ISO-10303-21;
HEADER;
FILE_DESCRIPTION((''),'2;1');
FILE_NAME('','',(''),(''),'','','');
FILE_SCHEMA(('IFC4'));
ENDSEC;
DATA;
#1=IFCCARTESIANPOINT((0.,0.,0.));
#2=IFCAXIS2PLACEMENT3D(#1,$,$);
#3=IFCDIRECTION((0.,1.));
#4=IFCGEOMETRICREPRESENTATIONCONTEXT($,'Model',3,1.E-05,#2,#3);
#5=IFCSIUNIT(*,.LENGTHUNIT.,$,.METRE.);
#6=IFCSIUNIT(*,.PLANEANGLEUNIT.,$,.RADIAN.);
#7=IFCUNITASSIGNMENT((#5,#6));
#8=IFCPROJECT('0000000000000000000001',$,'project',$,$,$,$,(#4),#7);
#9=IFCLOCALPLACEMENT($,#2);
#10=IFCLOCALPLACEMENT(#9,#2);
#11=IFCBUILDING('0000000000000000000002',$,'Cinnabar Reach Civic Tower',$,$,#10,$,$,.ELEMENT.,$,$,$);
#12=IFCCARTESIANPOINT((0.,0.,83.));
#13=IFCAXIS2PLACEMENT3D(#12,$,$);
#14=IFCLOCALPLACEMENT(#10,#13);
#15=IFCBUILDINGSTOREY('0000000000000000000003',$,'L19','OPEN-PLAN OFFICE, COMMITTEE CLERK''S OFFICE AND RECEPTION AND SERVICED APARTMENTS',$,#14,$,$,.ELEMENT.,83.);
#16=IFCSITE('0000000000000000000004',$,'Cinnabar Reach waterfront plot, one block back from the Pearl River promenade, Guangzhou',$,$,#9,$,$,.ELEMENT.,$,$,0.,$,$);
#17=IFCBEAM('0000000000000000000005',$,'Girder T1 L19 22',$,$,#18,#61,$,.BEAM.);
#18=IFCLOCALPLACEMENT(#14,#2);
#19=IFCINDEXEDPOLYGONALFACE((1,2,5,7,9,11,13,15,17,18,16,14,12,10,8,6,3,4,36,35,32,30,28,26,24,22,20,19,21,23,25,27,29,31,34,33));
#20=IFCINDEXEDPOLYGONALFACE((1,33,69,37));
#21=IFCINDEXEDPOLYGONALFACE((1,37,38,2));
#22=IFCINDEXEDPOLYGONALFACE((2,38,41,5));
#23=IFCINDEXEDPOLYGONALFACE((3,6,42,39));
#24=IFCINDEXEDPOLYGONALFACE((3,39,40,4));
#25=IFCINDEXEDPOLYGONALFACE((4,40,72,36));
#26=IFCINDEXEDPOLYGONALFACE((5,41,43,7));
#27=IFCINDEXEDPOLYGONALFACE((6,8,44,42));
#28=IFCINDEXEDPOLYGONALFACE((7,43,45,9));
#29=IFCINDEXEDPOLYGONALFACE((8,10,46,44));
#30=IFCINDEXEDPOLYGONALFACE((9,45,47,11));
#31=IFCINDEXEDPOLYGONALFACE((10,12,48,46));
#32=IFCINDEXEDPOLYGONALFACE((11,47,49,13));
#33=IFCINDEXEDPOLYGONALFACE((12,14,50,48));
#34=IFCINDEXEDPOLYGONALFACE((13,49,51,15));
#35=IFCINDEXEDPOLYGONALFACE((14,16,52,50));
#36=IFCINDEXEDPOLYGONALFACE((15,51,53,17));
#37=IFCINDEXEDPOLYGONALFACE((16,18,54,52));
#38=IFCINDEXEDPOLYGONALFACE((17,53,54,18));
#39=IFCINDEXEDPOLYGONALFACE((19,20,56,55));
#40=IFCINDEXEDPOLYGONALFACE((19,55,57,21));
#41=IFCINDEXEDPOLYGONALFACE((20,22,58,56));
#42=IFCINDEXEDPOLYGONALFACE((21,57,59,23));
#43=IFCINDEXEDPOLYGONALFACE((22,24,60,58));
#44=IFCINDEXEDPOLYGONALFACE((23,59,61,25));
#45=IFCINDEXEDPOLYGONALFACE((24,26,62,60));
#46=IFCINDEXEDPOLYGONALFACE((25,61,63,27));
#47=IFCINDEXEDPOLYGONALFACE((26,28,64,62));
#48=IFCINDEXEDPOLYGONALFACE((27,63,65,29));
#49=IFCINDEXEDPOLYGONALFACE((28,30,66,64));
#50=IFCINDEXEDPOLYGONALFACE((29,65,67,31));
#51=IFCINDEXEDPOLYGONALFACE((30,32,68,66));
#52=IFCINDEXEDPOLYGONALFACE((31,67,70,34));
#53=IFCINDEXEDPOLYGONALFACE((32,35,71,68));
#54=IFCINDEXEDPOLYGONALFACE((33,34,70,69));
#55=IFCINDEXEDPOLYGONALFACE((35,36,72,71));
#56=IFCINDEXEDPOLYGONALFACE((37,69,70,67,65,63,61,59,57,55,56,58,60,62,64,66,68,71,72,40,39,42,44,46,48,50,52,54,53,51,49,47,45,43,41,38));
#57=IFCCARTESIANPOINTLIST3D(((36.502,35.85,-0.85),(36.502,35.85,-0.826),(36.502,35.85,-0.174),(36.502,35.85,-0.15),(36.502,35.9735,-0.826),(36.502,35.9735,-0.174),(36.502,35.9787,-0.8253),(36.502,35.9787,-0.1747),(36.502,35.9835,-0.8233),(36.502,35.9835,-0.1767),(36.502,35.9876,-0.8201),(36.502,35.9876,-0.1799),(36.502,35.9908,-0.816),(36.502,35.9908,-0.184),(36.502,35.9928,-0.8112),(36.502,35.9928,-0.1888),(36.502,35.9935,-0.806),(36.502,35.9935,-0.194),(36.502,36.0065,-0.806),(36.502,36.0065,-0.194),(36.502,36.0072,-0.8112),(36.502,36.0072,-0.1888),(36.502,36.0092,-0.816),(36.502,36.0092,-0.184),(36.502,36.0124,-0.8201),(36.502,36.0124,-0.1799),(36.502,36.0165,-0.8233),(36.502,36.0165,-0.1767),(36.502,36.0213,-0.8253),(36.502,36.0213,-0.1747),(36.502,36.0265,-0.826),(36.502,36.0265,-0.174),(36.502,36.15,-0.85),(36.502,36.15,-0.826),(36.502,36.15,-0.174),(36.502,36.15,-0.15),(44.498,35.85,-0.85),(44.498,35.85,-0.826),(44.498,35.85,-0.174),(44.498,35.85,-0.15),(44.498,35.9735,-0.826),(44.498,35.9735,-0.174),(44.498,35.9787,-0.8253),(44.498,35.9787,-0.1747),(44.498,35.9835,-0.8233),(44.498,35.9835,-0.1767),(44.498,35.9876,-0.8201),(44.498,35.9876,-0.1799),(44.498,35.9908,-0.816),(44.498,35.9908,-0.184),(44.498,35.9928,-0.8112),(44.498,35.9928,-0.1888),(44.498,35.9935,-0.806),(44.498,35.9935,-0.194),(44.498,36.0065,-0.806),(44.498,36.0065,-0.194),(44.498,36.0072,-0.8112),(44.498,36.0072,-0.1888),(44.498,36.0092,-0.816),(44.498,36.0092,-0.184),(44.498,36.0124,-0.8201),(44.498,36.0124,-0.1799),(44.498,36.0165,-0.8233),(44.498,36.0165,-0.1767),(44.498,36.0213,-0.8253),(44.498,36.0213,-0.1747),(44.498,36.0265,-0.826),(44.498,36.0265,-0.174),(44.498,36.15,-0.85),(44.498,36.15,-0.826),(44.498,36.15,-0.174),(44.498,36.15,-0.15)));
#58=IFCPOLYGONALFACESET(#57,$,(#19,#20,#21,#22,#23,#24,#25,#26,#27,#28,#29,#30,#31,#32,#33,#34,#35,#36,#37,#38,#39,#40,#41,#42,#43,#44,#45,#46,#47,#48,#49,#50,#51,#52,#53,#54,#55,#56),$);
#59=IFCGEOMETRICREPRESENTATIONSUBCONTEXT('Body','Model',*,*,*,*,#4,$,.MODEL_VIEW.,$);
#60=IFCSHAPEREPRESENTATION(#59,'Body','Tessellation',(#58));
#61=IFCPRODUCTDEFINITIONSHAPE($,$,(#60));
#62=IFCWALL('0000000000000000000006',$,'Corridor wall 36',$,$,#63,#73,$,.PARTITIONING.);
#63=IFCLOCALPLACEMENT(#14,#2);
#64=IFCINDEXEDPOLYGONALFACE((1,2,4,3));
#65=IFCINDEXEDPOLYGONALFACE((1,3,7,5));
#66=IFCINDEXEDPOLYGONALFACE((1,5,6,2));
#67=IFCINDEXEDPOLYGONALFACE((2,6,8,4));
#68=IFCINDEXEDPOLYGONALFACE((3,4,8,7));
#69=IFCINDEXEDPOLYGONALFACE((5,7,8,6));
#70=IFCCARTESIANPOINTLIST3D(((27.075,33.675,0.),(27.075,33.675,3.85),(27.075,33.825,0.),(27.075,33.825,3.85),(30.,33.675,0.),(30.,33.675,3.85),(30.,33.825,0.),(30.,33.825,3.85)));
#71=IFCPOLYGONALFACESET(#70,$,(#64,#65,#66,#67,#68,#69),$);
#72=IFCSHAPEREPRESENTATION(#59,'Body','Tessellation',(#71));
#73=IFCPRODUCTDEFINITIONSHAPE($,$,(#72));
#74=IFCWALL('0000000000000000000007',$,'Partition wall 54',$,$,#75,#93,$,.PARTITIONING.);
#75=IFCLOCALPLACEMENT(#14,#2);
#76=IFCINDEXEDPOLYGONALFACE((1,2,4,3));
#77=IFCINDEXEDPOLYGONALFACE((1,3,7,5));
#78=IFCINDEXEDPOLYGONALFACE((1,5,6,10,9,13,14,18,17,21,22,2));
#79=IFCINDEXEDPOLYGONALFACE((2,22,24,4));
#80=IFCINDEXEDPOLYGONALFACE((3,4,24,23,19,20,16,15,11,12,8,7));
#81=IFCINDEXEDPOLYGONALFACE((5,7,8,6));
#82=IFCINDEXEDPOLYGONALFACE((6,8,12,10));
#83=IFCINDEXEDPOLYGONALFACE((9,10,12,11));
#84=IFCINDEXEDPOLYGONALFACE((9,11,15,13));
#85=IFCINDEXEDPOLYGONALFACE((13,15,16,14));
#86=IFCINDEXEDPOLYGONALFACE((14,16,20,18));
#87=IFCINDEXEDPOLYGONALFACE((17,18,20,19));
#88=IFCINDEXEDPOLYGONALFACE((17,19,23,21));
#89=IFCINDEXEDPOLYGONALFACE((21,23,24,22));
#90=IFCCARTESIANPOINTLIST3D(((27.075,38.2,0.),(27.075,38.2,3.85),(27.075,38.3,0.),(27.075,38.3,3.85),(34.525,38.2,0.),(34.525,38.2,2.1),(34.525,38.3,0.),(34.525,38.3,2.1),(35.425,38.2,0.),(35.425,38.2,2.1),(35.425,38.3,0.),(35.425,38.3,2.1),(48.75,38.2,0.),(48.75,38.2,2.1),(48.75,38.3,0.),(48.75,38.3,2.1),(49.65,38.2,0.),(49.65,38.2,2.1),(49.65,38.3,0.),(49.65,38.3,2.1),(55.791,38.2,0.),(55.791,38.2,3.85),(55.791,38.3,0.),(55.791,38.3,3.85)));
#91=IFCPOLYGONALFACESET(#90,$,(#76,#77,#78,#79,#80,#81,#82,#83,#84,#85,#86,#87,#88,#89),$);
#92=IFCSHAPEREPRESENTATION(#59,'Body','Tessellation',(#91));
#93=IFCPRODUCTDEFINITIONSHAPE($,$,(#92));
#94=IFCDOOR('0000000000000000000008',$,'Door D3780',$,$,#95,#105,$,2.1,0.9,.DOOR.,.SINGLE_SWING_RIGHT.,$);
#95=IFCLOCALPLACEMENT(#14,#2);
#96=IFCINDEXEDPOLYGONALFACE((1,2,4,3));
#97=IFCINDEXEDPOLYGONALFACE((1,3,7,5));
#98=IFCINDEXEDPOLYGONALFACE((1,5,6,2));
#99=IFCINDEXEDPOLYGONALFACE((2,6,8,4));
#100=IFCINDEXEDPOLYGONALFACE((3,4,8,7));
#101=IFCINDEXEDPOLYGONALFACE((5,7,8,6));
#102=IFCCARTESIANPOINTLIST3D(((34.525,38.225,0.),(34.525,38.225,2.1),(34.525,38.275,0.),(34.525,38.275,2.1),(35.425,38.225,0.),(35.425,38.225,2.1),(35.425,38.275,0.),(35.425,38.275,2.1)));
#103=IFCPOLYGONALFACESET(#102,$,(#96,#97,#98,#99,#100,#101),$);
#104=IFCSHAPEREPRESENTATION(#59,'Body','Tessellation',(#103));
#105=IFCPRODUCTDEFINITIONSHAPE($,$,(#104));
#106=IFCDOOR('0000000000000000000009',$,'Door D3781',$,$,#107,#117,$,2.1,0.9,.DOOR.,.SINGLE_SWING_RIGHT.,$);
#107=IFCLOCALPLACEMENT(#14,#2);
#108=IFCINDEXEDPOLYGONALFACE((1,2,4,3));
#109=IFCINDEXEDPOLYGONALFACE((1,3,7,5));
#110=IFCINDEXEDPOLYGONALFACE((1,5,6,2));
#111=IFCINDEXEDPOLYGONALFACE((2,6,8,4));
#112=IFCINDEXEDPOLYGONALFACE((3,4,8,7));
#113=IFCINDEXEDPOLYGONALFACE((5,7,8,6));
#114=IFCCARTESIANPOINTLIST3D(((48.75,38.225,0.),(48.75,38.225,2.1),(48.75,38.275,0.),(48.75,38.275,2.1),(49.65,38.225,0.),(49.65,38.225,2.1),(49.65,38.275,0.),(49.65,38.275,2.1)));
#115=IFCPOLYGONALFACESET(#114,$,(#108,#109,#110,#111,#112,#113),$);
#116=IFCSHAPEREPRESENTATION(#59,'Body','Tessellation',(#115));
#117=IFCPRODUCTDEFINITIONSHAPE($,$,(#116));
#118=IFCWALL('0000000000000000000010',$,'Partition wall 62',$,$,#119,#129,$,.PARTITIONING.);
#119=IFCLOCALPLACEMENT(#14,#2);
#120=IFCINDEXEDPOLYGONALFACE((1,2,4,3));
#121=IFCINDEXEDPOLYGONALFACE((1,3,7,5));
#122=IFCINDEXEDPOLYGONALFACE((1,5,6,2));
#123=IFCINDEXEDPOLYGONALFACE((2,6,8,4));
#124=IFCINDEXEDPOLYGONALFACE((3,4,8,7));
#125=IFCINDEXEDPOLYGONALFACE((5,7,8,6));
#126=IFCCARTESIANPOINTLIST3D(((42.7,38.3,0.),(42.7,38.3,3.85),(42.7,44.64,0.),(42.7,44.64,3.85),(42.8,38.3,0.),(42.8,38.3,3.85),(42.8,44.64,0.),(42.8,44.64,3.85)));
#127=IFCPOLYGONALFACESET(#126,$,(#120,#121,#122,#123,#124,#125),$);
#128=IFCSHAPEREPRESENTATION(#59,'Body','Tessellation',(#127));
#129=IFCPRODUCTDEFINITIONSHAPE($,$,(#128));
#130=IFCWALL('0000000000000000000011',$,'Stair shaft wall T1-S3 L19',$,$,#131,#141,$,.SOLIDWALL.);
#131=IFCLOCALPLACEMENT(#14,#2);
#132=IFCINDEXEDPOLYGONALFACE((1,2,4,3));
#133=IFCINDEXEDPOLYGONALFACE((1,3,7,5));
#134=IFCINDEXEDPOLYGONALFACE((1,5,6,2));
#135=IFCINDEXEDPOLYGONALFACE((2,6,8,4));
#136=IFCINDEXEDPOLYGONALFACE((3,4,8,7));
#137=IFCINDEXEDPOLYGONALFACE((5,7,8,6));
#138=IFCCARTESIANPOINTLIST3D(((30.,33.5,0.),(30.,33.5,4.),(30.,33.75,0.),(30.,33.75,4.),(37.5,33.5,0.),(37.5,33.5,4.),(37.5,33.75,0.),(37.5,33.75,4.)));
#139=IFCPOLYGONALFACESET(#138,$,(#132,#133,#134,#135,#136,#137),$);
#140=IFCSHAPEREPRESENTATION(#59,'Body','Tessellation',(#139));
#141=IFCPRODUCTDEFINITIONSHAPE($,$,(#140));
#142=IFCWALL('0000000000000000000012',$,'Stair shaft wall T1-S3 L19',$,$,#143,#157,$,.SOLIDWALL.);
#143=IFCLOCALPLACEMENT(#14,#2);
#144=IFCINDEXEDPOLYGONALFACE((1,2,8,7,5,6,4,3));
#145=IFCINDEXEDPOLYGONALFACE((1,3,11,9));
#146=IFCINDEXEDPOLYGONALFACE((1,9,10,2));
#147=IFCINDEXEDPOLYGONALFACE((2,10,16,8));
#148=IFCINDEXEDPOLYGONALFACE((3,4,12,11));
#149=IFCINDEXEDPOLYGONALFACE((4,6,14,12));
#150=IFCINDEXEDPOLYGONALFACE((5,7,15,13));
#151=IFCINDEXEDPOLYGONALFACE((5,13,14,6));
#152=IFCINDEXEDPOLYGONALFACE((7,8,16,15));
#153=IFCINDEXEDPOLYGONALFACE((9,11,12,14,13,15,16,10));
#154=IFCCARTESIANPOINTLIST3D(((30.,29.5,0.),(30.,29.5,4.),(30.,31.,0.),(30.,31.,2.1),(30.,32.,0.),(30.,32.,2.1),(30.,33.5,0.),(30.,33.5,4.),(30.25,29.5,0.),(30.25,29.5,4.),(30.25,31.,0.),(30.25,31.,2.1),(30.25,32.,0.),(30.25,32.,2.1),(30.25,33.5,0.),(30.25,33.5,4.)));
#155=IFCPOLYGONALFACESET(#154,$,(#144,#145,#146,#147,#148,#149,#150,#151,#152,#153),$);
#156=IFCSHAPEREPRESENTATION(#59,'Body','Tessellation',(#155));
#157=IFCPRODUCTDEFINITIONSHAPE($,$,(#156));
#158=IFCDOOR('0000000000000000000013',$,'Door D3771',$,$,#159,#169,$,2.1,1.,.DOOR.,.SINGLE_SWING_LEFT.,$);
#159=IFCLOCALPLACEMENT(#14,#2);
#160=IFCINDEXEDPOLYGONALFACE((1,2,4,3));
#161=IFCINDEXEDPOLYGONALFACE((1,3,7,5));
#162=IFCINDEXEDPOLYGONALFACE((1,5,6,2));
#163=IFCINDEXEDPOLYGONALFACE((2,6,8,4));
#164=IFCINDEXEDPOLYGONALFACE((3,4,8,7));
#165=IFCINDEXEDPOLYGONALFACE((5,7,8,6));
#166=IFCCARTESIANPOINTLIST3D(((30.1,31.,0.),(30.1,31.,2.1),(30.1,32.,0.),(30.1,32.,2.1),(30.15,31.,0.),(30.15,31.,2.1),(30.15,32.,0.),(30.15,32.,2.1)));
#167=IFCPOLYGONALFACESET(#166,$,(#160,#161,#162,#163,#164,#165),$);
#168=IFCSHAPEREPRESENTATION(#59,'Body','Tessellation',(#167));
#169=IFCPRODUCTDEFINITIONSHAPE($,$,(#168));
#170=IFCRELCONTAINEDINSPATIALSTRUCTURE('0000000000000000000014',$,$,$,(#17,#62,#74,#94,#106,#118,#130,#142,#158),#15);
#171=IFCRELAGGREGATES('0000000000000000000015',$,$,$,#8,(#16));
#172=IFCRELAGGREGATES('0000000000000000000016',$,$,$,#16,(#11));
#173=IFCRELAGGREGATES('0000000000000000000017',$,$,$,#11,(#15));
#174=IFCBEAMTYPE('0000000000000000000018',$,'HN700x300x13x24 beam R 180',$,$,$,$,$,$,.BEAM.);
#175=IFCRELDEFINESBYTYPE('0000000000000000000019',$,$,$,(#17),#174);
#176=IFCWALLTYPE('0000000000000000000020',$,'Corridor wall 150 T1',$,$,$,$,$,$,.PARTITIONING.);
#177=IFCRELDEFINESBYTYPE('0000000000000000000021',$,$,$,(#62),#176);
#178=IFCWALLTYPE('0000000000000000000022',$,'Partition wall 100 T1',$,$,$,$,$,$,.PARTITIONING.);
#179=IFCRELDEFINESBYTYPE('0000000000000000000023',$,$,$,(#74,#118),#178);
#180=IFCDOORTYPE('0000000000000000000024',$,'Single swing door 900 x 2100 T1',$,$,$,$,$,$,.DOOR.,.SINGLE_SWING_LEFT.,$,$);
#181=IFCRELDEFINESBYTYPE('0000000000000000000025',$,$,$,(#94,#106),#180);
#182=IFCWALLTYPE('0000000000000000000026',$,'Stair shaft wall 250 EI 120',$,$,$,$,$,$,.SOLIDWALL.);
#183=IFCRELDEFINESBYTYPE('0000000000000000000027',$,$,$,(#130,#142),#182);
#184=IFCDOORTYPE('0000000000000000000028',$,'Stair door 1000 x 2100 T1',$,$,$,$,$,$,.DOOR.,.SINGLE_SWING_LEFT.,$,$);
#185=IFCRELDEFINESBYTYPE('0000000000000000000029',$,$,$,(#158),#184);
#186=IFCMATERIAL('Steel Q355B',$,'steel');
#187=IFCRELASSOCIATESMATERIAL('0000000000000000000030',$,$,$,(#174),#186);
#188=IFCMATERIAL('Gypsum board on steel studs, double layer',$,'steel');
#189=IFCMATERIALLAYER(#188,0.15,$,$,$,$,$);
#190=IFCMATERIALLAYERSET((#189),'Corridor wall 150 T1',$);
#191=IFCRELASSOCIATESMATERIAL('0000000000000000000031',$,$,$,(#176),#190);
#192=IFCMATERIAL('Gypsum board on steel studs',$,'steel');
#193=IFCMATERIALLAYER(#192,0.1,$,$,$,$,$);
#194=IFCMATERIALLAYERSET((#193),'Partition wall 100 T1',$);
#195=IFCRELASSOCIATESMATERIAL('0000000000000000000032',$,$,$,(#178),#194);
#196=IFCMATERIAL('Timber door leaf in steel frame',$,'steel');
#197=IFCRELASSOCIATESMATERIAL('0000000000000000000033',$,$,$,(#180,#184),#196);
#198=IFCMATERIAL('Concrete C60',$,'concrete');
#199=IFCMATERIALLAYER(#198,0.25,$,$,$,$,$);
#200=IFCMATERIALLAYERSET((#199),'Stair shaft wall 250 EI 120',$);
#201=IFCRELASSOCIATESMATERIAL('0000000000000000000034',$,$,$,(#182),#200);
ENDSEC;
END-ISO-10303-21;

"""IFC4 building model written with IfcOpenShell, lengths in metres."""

from ifc_helpers import new_model, si_unit, direction, frame, frame_2d, origin, origin_2d, place, context, subcontext, project, spatial, rectangle, i_section, extrude, material, layer, layer_set, material_profile, profile_set, type_object, element, fill, save


model = new_model("IFC4")

# Units and contexts
model_context = context("Model", 3, precision=1e-05, world=origin(), true_north=direction((0.0, 1.0)))
body_context = subcontext(model_context, "Body", "Model", "MODEL_VIEW")
ifc_project = project(units=[si_unit("LENGTHUNIT", "METRE"), si_unit("PLANEANGLEUNIT", "RADIAN")], contexts=[model_context])

# Site, building, storey
site_placement = place(None, origin())
site = spatial("IfcSite", under=ifc_project, at=site_placement, Name="Cinnabar Reach waterfront plot, one block back from the Pearl River promenade, Guangzhou", CompositionType="ELEMENT", RefElevation=0.0)
building_placement = place(site_placement, origin())
building = spatial("IfcBuilding", under=site, at=building_placement, Name="Cinnabar Reach Civic Tower", CompositionType="ELEMENT")
storey_placement = place(building_placement, frame((0.0, 0.0, 83.0)))
storey = spatial("IfcBuildingStorey", under=building, at=storey_placement, Name="L19", Description="OPEN-PLAN OFFICE, COMMITTEE CLERK'S OFFICE AND RECEPTION AND SERVICED APARTMENTS", CompositionType="ELEMENT", Elevation=83.0)

# Beam
ifc_material_1 = material(Name="Steel Q355B", Category="steel")
ifc_material_profile_1 = material_profile(ifc_material_1, i_section(OverallWidth=0.3, OverallDepth=0.7, WebThickness=0.013, FlangeThickness=0.024, FilletRadius=0.02, at=origin_2d()), Name="HN700x300x13x24")
ifc_profile_set_1 = profile_set([ifc_material_profile_1], Name="Steel Q355B")
beam_type_1 = type_object("IfcBeamType", Name="HN700x300x13x24 beam R 180", PredefinedType="BEAM", material=ifc_profile_set_1)
for number, where, z_axis, x_axis, name in (
    (1, (36.502, 36.0, -0.5), (1.0, 0.0, 0.0), (0.0, 1.0, 0.0), "Girder T1 L19 22"),
):
    element("IfcBeam", number, at=place(storey_placement, frame(where, z_axis=z_axis, x_axis=x_axis)), inside=storey, type_object=beam_type_1, Name=name, PredefinedType="BEAM", context=body_context, shape_type="SweptSolid", body=[
        extrude(i_section(OverallWidth=0.3, OverallDepth=0.7, WebThickness=0.013, FlangeThickness=0.024, FilletRadius=0.02, at=origin_2d()), origin(), (0.0, 0.0, 1.0), 7.996),
    ])

# Wall
ifc_material_2 = material(Name="Gypsum board on steel studs, double layer", Category="steel")
ifc_layer_1 = layer(ifc_material_2, 0.15)
ifc_layer_set_1 = layer_set([ifc_layer_1], Name="Corridor wall 150 T1")
wall_type_1 = type_object("IfcWallType", Name="Corridor wall 150 T1", PredefinedType="PARTITIONING", material=ifc_layer_set_1)
wall_1_placement = place(storey_placement, frame((27.075, 33.75, 0.0), z_axis=(0.0, 0.0, 1.0), x_axis=(1.0, 0.0, 0.0)))
element("IfcWall", 2, at=wall_1_placement, inside=storey, type_object=wall_type_1, Name="Corridor wall 36", PredefinedType="PARTITIONING", context=body_context, shape_type="SweptSolid", body=[
    extrude(rectangle(XDim=2.925, YDim=0.15, at=frame_2d((1.4625, 0.0))), origin(), (0.0, 0.0, 1.0), 3.85),
])

# Wall, openings, doors
ifc_material_3 = material(Name="Gypsum board on steel studs", Category="steel")
ifc_layer_2 = layer(ifc_material_3, 0.1)
ifc_layer_set_2 = layer_set([ifc_layer_2], Name="Partition wall 100 T1")
wall_type_2 = type_object("IfcWallType", Name="Partition wall 100 T1", PredefinedType="PARTITIONING", material=ifc_layer_set_2)
wall_2_placement = place(storey_placement, frame((27.075, 38.25, 0.0), z_axis=(0.0, 0.0, 1.0), x_axis=(1.0, 0.0, 0.0)))
wall_2 = element("IfcWall", 3, at=wall_2_placement, inside=storey, type_object=wall_type_2, Name="Partition wall 54", PredefinedType="PARTITIONING", context=body_context, shape_type="SweptSolid", body=[
    extrude(rectangle(XDim=28.7159, YDim=0.1, at=frame_2d((14.358, 0.0))), origin(), (0.0, 0.0, 1.0), 3.85),
])
opening_1_placement = place(wall_2_placement, frame((7.45, 0.0, 0.0)))
opening_1 = element("IfcOpeningElement", 4, at=opening_1_placement, cuts=wall_2, PredefinedType="OPENING", context=body_context, shape_type="SweptSolid", body=[
    extrude(rectangle(XDim=0.9, YDim=2.1, at=frame_2d((0.45, 1.05))), frame((0.0, 0.06, 0.0), z_axis=(0.0, -1.0, 0.0), x_axis=(1.0, 0.0, 0.0)), (0.0, 0.0, 1.0), 0.12),
])
opening_2_placement = place(wall_2_placement, frame((21.675, 0.0, 0.0)))
opening_2 = element("IfcOpeningElement", 5, at=opening_2_placement, cuts=wall_2, PredefinedType="OPENING", context=body_context, shape_type="SweptSolid", body=[
    extrude(rectangle(XDim=0.9, YDim=2.1, at=frame_2d((0.45, 1.05))), frame((0.0, 0.06, 0.0), z_axis=(0.0, -1.0, 0.0), x_axis=(1.0, 0.0, 0.0)), (0.0, 0.0, 1.0), 0.12),
])
ifc_material_4 = material(Name="Timber door leaf in steel frame", Category="steel")
door_type_1 = type_object("IfcDoorType", Name="Single swing door 900 x 2100 T1", OperationType="SINGLE_SWING_LEFT", PredefinedType="DOOR", material=ifc_material_4)
door_1_placement = place(opening_1_placement, origin())
door_1 = element("IfcDoor", 6, at=door_1_placement, inside=storey, type_object=door_type_1, Name="Door D3780", OperationType="SINGLE_SWING_RIGHT", OverallHeight=2.1, OverallWidth=0.9, PredefinedType="DOOR", context=body_context, shape_type="SweptSolid", body=[
    extrude(rectangle(XDim=0.9, YDim=2.1, at=frame_2d((0.45, 1.05))), frame((0.0, 0.025, 0.0), z_axis=(0.0, -1.0, 0.0), x_axis=(1.0, 0.0, 0.0)), (0.0, 0.0, 1.0), 0.05),
])
fill(opening_1, door_1)
door_2_placement = place(opening_2_placement, origin())
door_2 = element("IfcDoor", 7, at=door_2_placement, inside=storey, type_object=door_type_1, Name="Door D3781", OperationType="SINGLE_SWING_RIGHT", OverallHeight=2.1, OverallWidth=0.9, PredefinedType="DOOR", context=body_context, shape_type="SweptSolid", body=[
    extrude(rectangle(XDim=0.9, YDim=2.1, at=frame_2d((0.45, 1.05))), frame((0.0, 0.025, 0.0), z_axis=(0.0, -1.0, 0.0), x_axis=(1.0, 0.0, 0.0)), (0.0, 0.0, 1.0), 0.05),
])
fill(opening_2, door_2)

# Walls
wall_3_placement = place(storey_placement, frame((42.75, 38.3, 0.0), z_axis=(0.0, 0.0, 1.0), x_axis=(0.0, 1.0, 0.0)))
element("IfcWall", 8, at=wall_3_placement, inside=storey, type_object=wall_type_2, Name="Partition wall 62", PredefinedType="PARTITIONING", context=body_context, shape_type="SweptSolid", body=[
    extrude(rectangle(XDim=6.34, YDim=0.1, at=frame_2d((3.17, 0.0))), origin(), (0.0, 0.0, 1.0), 3.85),
])
ifc_material_5 = material(Name="Concrete C60", Category="concrete")
ifc_layer_3 = layer(ifc_material_5, 0.25)
ifc_layer_set_3 = layer_set([ifc_layer_3], Name="Stair shaft wall 250 EI 120")
wall_type_3 = type_object("IfcWallType", Name="Stair shaft wall 250 EI 120", PredefinedType="SOLIDWALL", material=ifc_layer_set_3)
wall_4_placement = place(storey_placement, frame((37.5, 33.625, 0.0), z_axis=(0.0, 0.0, 1.0), x_axis=(-1.0, 0.0, 0.0)))
element("IfcWall", 9, at=wall_4_placement, inside=storey, type_object=wall_type_3, Name="Stair shaft wall T1-S3 L19", PredefinedType="SOLIDWALL", context=body_context, shape_type="SweptSolid", body=[
    extrude(rectangle(XDim=7.5, YDim=0.25, at=frame_2d((3.75, 0.0))), origin(), (0.0, 0.0, 1.0), 4.0),
])

# Wall, opening, door
wall_5_placement = place(storey_placement, frame((30.125, 33.5, 0.0), z_axis=(0.0, 0.0, 1.0), x_axis=(0.0, -1.0, 0.0)))
wall_5 = element("IfcWall", 10, at=wall_5_placement, inside=storey, type_object=wall_type_3, Name="Stair shaft wall T1-S3 L19", PredefinedType="SOLIDWALL", context=body_context, shape_type="SweptSolid", body=[
    extrude(rectangle(XDim=4.0, YDim=0.25, at=frame_2d((2.0, 0.0))), origin(), (0.0, 0.0, 1.0), 4.0),
])
opening_3_placement = place(wall_5_placement, frame((1.5, 0.0, 0.0)))
opening_3 = element("IfcOpeningElement", 11, at=opening_3_placement, cuts=wall_5, PredefinedType="OPENING", context=body_context, shape_type="SweptSolid", body=[
    extrude(rectangle(XDim=1.0, YDim=2.1, at=frame_2d((0.5, 1.05))), frame((0.0, 0.135, 0.0), z_axis=(0.0, -1.0, 0.0), x_axis=(1.0, 0.0, 0.0)), (0.0, 0.0, 1.0), 0.27),
])
door_type_2 = type_object("IfcDoorType", Name="Stair door 1000 x 2100 T1", OperationType="SINGLE_SWING_LEFT", PredefinedType="DOOR", material=ifc_material_4)
door_3_placement = place(opening_3_placement, origin())
door_3 = element("IfcDoor", 12, at=door_3_placement, inside=storey, type_object=door_type_2, Name="Door D3771", OperationType="SINGLE_SWING_LEFT", OverallHeight=2.1, OverallWidth=1.0, PredefinedType="DOOR", context=body_context, shape_type="SweptSolid", body=[
    extrude(rectangle(XDim=1.0, YDim=2.1, at=frame_2d((0.5, 1.05))), frame((0.0, 0.025, 0.0), z_axis=(0.0, -1.0, 0.0), x_axis=(1.0, 0.0, 0.0)), (0.0, 0.0, 1.0), 0.05),
])
fill(opening_3, door_3)

save(model, "model.ifc")
